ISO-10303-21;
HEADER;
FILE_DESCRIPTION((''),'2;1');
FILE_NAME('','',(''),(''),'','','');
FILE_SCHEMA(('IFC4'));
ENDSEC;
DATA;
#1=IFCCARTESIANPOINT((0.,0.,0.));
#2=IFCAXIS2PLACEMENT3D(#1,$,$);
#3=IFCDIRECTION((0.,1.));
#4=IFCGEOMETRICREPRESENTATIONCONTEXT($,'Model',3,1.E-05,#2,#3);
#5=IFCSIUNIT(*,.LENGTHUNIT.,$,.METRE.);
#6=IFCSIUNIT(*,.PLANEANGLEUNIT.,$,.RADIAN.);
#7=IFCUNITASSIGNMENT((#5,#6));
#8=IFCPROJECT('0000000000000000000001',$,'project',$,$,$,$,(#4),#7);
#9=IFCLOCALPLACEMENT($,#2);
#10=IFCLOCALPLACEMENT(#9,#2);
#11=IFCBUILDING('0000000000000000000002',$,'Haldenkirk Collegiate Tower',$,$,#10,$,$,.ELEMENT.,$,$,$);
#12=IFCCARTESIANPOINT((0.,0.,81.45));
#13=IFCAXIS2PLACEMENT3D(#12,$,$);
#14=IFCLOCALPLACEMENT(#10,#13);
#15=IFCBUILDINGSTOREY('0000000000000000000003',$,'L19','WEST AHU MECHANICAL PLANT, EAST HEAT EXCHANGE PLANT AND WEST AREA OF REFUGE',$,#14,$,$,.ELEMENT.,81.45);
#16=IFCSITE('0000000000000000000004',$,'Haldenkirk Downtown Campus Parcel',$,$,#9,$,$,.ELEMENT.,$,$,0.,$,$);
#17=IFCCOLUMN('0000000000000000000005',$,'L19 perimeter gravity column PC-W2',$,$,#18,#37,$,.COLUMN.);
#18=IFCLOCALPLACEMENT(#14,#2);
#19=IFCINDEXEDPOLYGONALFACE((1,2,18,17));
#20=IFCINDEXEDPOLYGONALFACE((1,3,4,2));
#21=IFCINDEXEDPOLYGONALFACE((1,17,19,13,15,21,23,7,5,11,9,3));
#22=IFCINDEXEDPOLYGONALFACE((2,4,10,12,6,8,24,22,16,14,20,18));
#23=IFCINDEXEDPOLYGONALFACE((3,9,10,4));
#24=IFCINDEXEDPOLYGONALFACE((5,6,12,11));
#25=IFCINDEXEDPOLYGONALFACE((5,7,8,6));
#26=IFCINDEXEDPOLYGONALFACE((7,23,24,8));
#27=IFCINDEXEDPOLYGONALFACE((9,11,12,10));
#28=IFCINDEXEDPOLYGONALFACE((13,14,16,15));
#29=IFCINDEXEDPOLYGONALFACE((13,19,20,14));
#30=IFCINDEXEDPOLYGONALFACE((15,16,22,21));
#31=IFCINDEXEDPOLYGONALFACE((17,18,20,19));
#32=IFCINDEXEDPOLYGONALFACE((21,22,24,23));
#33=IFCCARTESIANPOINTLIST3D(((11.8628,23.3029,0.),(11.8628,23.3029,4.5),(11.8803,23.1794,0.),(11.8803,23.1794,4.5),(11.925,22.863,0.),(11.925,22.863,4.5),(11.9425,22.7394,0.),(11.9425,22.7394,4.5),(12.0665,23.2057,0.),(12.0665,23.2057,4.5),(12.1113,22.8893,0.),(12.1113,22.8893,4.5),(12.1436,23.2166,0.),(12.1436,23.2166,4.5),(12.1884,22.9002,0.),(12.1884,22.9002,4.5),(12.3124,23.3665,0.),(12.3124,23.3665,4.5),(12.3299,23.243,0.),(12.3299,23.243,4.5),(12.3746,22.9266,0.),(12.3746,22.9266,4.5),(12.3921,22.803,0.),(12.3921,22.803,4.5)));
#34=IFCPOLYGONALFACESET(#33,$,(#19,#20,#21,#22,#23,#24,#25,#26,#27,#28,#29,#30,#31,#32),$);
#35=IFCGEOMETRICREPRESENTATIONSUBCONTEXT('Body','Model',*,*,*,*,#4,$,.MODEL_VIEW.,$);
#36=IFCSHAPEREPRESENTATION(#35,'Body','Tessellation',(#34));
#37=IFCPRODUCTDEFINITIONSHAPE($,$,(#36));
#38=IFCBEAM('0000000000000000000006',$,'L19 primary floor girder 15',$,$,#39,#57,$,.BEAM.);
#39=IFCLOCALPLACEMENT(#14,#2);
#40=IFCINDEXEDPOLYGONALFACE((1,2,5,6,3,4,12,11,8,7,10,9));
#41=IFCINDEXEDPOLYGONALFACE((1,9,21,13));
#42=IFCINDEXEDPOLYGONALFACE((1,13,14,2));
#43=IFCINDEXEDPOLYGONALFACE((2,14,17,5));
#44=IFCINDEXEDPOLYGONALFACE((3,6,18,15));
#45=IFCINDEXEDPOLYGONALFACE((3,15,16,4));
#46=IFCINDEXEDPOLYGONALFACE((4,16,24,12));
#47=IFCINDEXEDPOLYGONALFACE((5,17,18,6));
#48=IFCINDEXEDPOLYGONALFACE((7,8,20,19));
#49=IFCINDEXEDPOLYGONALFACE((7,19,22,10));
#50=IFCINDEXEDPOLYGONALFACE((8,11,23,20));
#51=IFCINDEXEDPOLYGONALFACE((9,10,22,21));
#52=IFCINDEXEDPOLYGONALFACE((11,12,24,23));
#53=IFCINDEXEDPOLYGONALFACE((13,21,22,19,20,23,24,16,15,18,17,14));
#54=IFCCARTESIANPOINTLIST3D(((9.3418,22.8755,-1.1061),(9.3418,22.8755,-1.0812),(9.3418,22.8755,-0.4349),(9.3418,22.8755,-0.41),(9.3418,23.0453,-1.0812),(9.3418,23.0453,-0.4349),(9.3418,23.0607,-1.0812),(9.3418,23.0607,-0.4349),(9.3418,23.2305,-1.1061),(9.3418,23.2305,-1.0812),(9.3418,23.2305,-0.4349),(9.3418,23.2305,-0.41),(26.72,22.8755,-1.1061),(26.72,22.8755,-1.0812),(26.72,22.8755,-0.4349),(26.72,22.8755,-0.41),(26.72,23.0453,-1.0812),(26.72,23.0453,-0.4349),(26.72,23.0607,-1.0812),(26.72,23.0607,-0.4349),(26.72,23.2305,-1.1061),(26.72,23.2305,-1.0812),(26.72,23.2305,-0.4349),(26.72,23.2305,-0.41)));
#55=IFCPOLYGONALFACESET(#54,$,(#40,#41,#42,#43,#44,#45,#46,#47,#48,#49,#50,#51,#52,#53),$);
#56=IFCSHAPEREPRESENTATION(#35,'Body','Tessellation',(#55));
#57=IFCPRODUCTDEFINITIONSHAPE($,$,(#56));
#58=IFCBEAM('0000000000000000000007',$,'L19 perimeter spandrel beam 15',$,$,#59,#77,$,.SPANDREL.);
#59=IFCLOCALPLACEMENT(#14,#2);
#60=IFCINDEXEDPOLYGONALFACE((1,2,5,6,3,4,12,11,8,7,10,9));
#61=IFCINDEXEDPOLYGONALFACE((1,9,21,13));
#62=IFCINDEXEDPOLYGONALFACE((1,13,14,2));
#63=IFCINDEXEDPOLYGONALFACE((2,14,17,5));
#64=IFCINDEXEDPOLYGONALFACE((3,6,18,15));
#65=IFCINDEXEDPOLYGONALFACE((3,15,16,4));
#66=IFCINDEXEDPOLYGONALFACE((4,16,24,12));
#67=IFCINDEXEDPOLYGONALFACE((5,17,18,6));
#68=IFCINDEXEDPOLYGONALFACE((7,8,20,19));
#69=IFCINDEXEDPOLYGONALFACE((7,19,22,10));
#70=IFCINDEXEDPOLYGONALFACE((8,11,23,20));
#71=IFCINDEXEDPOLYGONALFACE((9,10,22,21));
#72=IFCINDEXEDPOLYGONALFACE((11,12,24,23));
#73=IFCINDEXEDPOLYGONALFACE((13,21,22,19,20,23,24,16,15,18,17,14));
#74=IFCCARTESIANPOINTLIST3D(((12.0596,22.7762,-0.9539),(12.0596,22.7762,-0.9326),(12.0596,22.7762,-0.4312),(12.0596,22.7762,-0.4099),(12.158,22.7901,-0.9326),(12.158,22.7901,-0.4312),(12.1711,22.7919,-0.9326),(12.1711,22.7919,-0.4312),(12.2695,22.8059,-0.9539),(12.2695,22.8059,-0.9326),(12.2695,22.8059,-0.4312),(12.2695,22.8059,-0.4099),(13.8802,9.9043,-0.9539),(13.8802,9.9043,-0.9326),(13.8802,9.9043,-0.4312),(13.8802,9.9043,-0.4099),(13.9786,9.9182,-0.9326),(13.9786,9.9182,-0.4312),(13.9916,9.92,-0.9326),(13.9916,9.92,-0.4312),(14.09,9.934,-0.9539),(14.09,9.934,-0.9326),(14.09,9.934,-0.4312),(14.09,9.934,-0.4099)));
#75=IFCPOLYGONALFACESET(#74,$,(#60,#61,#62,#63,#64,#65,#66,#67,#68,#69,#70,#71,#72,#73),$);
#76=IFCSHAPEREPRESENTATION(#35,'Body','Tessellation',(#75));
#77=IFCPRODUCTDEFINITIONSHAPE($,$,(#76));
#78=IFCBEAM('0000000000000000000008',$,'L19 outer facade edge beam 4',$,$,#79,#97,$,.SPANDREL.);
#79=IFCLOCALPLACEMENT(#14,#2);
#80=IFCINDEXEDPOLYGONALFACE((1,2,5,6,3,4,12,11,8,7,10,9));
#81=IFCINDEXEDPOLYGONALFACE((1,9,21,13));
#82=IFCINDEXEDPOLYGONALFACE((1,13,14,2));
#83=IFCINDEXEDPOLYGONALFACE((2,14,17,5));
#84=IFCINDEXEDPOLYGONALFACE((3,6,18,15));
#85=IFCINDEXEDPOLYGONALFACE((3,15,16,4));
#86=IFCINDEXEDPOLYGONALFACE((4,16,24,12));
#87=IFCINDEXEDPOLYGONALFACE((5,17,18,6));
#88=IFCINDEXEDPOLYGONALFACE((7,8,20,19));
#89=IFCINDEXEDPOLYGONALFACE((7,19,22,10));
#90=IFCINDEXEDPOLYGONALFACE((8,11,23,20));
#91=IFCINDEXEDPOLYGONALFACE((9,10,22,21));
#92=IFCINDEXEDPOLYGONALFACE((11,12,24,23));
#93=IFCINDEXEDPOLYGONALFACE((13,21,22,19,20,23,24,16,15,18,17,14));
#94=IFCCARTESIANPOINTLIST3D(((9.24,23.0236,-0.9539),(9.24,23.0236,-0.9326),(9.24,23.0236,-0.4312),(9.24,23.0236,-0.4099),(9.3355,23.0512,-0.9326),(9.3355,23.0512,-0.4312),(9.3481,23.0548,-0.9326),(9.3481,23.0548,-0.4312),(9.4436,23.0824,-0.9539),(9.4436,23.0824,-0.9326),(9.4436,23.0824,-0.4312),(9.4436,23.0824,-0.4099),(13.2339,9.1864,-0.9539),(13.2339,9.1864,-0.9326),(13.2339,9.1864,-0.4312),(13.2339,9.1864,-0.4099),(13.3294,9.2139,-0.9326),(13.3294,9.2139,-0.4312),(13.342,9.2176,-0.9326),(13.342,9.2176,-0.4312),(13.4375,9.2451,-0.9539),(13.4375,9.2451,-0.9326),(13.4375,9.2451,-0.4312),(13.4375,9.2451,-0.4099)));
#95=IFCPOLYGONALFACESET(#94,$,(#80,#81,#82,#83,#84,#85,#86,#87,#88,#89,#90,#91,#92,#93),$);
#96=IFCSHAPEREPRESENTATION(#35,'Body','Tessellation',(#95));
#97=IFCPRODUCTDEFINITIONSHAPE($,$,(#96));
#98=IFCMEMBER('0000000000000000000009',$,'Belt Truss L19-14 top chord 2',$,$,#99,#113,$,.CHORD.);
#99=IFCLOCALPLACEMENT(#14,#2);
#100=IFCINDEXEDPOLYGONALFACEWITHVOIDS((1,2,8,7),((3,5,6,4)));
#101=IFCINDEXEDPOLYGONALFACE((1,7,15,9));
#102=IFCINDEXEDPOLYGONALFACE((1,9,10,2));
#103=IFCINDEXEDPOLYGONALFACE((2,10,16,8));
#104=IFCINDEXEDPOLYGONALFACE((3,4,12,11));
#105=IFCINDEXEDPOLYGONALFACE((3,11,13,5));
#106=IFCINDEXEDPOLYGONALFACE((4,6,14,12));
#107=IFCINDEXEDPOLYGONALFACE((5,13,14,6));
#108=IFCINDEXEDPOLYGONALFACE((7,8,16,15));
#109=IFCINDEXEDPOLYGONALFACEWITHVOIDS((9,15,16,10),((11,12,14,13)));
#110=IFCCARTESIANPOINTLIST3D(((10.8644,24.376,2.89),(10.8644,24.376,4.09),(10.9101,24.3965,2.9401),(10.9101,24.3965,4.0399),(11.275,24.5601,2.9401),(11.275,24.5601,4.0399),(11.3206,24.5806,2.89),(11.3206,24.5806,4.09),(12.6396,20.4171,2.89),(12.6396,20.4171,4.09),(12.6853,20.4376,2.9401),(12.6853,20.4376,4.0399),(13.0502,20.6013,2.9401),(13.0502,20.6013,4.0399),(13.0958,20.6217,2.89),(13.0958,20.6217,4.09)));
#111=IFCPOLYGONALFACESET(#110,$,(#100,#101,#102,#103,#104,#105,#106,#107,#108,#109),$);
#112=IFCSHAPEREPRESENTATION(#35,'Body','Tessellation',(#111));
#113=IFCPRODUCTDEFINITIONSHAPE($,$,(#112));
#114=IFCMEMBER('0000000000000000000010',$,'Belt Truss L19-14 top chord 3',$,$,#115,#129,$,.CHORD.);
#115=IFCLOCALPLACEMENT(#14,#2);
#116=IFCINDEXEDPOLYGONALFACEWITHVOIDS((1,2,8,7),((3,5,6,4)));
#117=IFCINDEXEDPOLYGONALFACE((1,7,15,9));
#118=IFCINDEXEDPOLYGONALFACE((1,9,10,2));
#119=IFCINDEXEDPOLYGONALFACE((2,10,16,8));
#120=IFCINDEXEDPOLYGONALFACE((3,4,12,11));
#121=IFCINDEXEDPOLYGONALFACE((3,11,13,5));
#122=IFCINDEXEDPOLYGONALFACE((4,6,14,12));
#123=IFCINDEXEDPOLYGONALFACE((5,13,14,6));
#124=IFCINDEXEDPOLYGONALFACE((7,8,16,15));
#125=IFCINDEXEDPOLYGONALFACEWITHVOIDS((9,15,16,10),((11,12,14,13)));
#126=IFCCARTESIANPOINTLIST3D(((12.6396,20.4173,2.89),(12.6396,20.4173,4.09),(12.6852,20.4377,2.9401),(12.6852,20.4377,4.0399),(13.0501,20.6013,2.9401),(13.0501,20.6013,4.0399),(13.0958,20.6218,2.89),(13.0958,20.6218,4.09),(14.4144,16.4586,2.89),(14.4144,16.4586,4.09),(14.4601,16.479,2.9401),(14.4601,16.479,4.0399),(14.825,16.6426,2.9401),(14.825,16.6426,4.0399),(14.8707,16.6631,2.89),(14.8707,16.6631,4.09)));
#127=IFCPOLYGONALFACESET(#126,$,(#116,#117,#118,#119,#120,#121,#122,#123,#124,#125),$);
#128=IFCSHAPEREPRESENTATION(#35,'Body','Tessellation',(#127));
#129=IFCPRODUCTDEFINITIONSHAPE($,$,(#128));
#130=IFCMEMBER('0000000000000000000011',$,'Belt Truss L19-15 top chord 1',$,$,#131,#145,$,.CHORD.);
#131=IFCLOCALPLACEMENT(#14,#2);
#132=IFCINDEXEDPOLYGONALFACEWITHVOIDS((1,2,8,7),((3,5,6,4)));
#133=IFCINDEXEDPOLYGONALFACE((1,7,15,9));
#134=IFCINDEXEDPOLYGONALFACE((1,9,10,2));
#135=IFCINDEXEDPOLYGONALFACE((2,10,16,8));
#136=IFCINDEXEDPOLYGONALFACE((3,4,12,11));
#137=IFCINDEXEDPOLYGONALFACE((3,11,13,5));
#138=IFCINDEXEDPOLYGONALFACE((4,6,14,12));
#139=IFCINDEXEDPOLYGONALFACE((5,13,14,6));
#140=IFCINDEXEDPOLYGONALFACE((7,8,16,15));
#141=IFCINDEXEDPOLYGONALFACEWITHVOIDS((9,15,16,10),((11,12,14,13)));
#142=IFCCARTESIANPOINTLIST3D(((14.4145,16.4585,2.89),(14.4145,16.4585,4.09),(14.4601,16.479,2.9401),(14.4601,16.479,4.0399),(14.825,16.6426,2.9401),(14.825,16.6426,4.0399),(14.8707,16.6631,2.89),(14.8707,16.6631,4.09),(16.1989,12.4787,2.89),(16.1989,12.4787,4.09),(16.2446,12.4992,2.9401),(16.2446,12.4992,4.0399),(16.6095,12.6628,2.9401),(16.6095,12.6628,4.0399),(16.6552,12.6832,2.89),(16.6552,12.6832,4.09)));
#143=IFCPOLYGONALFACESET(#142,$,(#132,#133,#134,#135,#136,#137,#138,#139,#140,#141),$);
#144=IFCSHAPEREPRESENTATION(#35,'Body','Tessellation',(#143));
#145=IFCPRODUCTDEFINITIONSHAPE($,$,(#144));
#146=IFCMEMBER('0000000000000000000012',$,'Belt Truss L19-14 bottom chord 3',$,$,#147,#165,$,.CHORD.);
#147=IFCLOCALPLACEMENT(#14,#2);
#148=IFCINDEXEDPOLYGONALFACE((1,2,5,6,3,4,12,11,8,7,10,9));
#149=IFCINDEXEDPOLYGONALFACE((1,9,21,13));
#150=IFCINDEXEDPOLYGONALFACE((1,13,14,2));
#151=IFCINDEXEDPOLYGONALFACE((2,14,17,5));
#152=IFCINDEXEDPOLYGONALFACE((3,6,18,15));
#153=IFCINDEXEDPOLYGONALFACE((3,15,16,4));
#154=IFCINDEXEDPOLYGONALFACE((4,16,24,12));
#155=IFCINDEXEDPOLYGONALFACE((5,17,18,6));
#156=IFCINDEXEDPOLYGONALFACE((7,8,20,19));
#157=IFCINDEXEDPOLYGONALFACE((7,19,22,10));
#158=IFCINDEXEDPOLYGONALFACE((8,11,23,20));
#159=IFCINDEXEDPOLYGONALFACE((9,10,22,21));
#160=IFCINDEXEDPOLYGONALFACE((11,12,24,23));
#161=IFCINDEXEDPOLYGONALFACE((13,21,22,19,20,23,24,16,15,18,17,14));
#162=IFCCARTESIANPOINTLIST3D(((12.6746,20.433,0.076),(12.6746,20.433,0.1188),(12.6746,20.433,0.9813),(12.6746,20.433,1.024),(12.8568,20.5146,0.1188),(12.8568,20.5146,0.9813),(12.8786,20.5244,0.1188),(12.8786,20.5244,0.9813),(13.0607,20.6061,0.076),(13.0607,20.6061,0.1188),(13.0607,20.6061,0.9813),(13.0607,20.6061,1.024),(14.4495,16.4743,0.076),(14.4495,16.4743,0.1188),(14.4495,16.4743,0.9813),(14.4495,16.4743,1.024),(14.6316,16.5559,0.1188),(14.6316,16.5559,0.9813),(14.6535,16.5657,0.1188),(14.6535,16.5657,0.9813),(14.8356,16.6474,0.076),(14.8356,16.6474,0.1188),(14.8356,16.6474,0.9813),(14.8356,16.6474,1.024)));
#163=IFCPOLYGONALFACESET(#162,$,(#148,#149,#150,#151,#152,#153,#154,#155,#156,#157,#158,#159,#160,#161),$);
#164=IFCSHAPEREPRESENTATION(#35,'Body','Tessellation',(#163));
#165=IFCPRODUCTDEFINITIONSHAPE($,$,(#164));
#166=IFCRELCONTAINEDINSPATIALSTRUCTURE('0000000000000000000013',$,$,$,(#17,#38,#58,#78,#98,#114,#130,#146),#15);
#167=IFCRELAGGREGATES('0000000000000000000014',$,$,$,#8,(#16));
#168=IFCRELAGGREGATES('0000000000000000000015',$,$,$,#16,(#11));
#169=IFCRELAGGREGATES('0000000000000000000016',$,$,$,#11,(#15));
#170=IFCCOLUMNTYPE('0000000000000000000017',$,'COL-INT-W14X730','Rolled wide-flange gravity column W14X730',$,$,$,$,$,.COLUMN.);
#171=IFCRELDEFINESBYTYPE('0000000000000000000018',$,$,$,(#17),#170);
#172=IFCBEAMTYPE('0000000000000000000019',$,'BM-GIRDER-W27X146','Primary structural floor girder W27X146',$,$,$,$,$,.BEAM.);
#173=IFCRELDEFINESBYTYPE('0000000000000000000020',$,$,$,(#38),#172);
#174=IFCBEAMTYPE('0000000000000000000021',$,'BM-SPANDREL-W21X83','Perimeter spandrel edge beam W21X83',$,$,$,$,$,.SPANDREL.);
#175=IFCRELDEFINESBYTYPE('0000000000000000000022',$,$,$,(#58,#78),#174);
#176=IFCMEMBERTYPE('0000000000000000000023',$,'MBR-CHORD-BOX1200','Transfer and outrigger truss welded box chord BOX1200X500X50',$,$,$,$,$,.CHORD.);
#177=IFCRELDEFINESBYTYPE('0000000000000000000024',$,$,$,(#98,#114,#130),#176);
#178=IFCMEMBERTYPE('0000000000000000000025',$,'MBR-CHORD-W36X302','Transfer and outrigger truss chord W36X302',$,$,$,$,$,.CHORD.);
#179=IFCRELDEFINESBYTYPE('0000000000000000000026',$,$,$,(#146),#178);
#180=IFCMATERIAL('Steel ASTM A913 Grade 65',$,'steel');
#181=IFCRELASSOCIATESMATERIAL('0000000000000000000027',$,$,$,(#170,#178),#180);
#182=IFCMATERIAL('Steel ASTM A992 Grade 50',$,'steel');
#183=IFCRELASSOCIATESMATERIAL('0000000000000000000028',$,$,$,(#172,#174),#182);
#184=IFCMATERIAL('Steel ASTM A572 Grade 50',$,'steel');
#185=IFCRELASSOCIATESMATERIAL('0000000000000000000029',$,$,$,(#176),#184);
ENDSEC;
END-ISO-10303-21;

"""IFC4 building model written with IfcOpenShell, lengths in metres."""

from ifc_helpers import new_model, si_unit, direction, frame, origin, origin_2d, place, context, subcontext, project, spatial, hollow_rectangle, i_section, extrude, material, material_profile, profile_set, type_object, element, save


model = new_model("IFC4")

# Units and contexts
model_context = context("Model", 3, precision=1e-05, world=origin(), true_north=direction((0.0, 1.0)))
body_context = subcontext(model_context, "Body", "Model", "MODEL_VIEW")
ifc_project = project(units=[si_unit("LENGTHUNIT", "METRE"), si_unit("PLANEANGLEUNIT", "RADIAN")], contexts=[model_context])

# Site, building, storey
site_placement = place(None, origin())
site = spatial("IfcSite", under=ifc_project, at=site_placement, Name="Haldenkirk Downtown Campus Parcel", CompositionType="ELEMENT", RefElevation=0.0)
building_placement = place(site_placement, origin())
building = spatial("IfcBuilding", under=site, at=building_placement, Name="Haldenkirk Collegiate Tower", CompositionType="ELEMENT")
storey_placement = place(building_placement, frame((0.0, 0.0, 81.45)))
storey = spatial("IfcBuildingStorey", under=building, at=storey_placement, Name="L19", Description="WEST AHU MECHANICAL PLANT, EAST HEAT EXCHANGE PLANT AND WEST AREA OF REFUGE", CompositionType="ELEMENT", Elevation=81.45)

# Column
ifc_material_1 = material(Name="Steel ASTM A913 Grade 65", Category="steel")
ifc_material_profile_1 = material_profile(ifc_material_1, i_section(OverallWidth=0.4541, OverallDepth=0.5691, WebThickness=0.0779, FlangeThickness=0.1248, at=origin_2d()), Name="W14X730")
ifc_profile_set_1 = profile_set([ifc_material_profile_1], Name="Steel ASTM A913 Grade 65")
column_type = type_object("IfcColumnType", Name="COL-INT-W14X730", Description="Rolled wide-flange gravity column W14X730", PredefinedType="COLUMN", material=ifc_profile_set_1)
column_placement = place(storey_placement, frame((12.1274, 23.053, 0.0), z_axis=(0.0, 0.0, 1.0), x_axis=(0.990146, 0.140037, 0.0)))
element("IfcColumn", 1, at=column_placement, inside=storey, type_object=column_type, Name="L19 perimeter gravity column PC-W2", PredefinedType="COLUMN", context=body_context, shape_type="SweptSolid", body=[
    extrude(i_section(OverallWidth=0.4541, OverallDepth=0.5691, WebThickness=0.0779, FlangeThickness=0.1248, at=origin_2d()), origin(), (0.0, 0.0, 1.0), 4.5),
])

# Beams
ifc_material_2 = material(Name="Steel ASTM A992 Grade 50", Category="steel")
ifc_material_profile_2 = material_profile(ifc_material_2, i_section(OverallWidth=0.355, OverallDepth=0.696, WebThickness=0.0154, FlangeThickness=0.0249, at=origin_2d()), Name="W27X146")
ifc_profile_set_2 = profile_set([ifc_material_profile_2], Name="Steel ASTM A992 Grade 50")
beam_type_1 = type_object("IfcBeamType", Name="BM-GIRDER-W27X146", Description="Primary structural floor girder W27X146", PredefinedType="BEAM", material=ifc_profile_set_2)
beam_1_placement = place(storey_placement, frame((9.3418, 23.053, -0.7581), z_axis=(1.0, 0.0, 0.0), x_axis=(0.0, 1.0, 0.0)))
element("IfcBeam", 2, at=beam_1_placement, inside=storey, type_object=beam_type_1, Name="L19 primary floor girder 15", PredefinedType="BEAM", context=body_context, shape_type="SweptSolid", body=[
    extrude(i_section(OverallWidth=0.355, OverallDepth=0.696, WebThickness=0.0154, FlangeThickness=0.0249, at=origin_2d()), origin(), (0.0, 0.0, 1.0), 17.3782),
])
ifc_material_profile_3 = material_profile(ifc_material_2, i_section(OverallWidth=0.2119, OverallDepth=0.5439, WebThickness=0.0132, FlangeThickness=0.0212, at=origin_2d()), Name="W21X83")
ifc_profile_set_3 = profile_set([ifc_material_profile_3], Name="Steel ASTM A992 Grade 50")
beam_type_2 = type_object("IfcBeamType", Name="BM-SPANDREL-W21X83", Description="Perimeter spandrel edge beam W21X83", PredefinedType="SPANDREL", material=ifc_profile_set_3)
beam_2_placement = place(storey_placement, frame((12.1646, 22.791, -0.6819), z_axis=(0.140044, -0.990145, 0.0), x_axis=(0.990145, 0.140044, 0.0)))
element("IfcBeam", 3, at=beam_2_placement, inside=storey, type_object=beam_type_2, Name="L19 perimeter spandrel beam 15", PredefinedType="SPANDREL", context=body_context, shape_type="SweptSolid", body=[
    extrude(i_section(OverallWidth=0.2119, OverallDepth=0.5439, WebThickness=0.0132, FlangeThickness=0.0212, at=origin_2d()), origin(), (0.0, 0.0, 1.0), 13.0),
])
beam_3_placement = place(storey_placement, frame((9.3418, 23.053, -0.6819), z_axis=(0.277315, -0.960779, 0.0), x_axis=(0.960779, 0.277315, 0.0)))
element("IfcBeam", 4, at=beam_3_placement, inside=storey, type_object=beam_type_2, Name="L19 outer facade edge beam 4", PredefinedType="SPANDREL", context=body_context, shape_type="SweptSolid", body=[
    extrude(i_section(OverallWidth=0.2119, OverallDepth=0.5439, WebThickness=0.0132, FlangeThickness=0.0212, at=origin_2d()), origin(), (0.0, 0.0, 1.0), 14.4021),
])

# Members
ifc_material_3 = material(Name="Steel ASTM A572 Grade 50", Category="steel")
ifc_material_profile_4 = material_profile(ifc_material_3, hollow_rectangle(XDim=0.5, YDim=1.2, WallThickness=0.05, at=origin_2d()), Name="BOX1200X500X50")
ifc_profile_set_4 = profile_set([ifc_material_profile_4], Name="Steel ASTM A572 Grade 50")
member_type_1 = type_object("IfcMemberType", Name="MBR-CHORD-BOX1200", Description="Transfer and outrigger truss welded box chord BOX1200X500X50", PredefinedType="CHORD", material=ifc_profile_set_4)
member_1_placement = place(storey_placement, frame((11.0925, 24.4783, 3.49), z_axis=(0.409159, -0.912463, 0.0), x_axis=(0.912463, 0.409159, 0.0)))
element("IfcMember", 5, at=member_1_placement, inside=storey, type_object=member_type_1, Name="Belt Truss L19-14 top chord 2", PredefinedType="CHORD", context=body_context, shape_type="SweptSolid", body=[
    extrude(hollow_rectangle(XDim=0.5, YDim=1.2, WallThickness=0.05, at=origin_2d()), origin(), (0.0, 0.0, 1.0), 4.3386),
])
member_2_placement = place(storey_placement, frame((12.8677, 20.5195, 3.49), z_axis=(0.409112, -0.912484, 0.0), x_axis=(0.912484, 0.409112, 0.0)))
element("IfcMember", 6, at=member_2_placement, inside=storey, type_object=member_type_1, Name="Belt Truss L19-14 top chord 3", PredefinedType="CHORD", context=body_context, shape_type="SweptSolid", body=[
    extrude(hollow_rectangle(XDim=0.5, YDim=1.2, WallThickness=0.05, at=origin_2d()), origin(), (0.0, 0.0, 1.0), 4.3384),
])
member_3_placement = place(storey_placement, frame((14.6426, 16.5608, 3.49), z_axis=(0.409133, -0.912475, 0.0), x_axis=(0.912475, 0.409133, 0.0)))
element("IfcMember", 7, at=member_3_placement, inside=storey, type_object=member_type_1, Name="Belt Truss L19-15 top chord 1", PredefinedType="CHORD", context=body_context, shape_type="SweptSolid", body=[
    extrude(hollow_rectangle(XDim=0.5, YDim=1.2, WallThickness=0.05, at=origin_2d()), origin(), (0.0, 0.0, 1.0), 4.3616),
])
ifc_material_profile_5 = material_profile(ifc_material_1, i_section(OverallWidth=0.4231, OverallDepth=0.948, WebThickness=0.0239, FlangeThickness=0.0427, at=origin_2d()), Name="W36X302")
ifc_profile_set_5 = profile_set([ifc_material_profile_5], Name="Steel ASTM A913 Grade 65")
member_type_2 = type_object("IfcMemberType", Name="MBR-CHORD-W36X302", Description="Transfer and outrigger truss chord W36X302", PredefinedType="CHORD", material=ifc_profile_set_5)
member_4_placement = place(storey_placement, frame((12.8677, 20.5195, 0.55), z_axis=(0.409112, -0.912484, 0.0), x_axis=(0.912484, 0.409112, 0.0)))
element("IfcMember", 8, at=member_4_placement, inside=storey, type_object=member_type_2, Name="Belt Truss L19-14 bottom chord 3", PredefinedType="CHORD", context=body_context, shape_type="SweptSolid", body=[
    extrude(i_section(OverallWidth=0.4231, OverallDepth=0.948, WebThickness=0.0239, FlangeThickness=0.0427, at=origin_2d()), origin(), (0.0, 0.0, 1.0), 4.3384),
])

save(model, "model.ifc")
